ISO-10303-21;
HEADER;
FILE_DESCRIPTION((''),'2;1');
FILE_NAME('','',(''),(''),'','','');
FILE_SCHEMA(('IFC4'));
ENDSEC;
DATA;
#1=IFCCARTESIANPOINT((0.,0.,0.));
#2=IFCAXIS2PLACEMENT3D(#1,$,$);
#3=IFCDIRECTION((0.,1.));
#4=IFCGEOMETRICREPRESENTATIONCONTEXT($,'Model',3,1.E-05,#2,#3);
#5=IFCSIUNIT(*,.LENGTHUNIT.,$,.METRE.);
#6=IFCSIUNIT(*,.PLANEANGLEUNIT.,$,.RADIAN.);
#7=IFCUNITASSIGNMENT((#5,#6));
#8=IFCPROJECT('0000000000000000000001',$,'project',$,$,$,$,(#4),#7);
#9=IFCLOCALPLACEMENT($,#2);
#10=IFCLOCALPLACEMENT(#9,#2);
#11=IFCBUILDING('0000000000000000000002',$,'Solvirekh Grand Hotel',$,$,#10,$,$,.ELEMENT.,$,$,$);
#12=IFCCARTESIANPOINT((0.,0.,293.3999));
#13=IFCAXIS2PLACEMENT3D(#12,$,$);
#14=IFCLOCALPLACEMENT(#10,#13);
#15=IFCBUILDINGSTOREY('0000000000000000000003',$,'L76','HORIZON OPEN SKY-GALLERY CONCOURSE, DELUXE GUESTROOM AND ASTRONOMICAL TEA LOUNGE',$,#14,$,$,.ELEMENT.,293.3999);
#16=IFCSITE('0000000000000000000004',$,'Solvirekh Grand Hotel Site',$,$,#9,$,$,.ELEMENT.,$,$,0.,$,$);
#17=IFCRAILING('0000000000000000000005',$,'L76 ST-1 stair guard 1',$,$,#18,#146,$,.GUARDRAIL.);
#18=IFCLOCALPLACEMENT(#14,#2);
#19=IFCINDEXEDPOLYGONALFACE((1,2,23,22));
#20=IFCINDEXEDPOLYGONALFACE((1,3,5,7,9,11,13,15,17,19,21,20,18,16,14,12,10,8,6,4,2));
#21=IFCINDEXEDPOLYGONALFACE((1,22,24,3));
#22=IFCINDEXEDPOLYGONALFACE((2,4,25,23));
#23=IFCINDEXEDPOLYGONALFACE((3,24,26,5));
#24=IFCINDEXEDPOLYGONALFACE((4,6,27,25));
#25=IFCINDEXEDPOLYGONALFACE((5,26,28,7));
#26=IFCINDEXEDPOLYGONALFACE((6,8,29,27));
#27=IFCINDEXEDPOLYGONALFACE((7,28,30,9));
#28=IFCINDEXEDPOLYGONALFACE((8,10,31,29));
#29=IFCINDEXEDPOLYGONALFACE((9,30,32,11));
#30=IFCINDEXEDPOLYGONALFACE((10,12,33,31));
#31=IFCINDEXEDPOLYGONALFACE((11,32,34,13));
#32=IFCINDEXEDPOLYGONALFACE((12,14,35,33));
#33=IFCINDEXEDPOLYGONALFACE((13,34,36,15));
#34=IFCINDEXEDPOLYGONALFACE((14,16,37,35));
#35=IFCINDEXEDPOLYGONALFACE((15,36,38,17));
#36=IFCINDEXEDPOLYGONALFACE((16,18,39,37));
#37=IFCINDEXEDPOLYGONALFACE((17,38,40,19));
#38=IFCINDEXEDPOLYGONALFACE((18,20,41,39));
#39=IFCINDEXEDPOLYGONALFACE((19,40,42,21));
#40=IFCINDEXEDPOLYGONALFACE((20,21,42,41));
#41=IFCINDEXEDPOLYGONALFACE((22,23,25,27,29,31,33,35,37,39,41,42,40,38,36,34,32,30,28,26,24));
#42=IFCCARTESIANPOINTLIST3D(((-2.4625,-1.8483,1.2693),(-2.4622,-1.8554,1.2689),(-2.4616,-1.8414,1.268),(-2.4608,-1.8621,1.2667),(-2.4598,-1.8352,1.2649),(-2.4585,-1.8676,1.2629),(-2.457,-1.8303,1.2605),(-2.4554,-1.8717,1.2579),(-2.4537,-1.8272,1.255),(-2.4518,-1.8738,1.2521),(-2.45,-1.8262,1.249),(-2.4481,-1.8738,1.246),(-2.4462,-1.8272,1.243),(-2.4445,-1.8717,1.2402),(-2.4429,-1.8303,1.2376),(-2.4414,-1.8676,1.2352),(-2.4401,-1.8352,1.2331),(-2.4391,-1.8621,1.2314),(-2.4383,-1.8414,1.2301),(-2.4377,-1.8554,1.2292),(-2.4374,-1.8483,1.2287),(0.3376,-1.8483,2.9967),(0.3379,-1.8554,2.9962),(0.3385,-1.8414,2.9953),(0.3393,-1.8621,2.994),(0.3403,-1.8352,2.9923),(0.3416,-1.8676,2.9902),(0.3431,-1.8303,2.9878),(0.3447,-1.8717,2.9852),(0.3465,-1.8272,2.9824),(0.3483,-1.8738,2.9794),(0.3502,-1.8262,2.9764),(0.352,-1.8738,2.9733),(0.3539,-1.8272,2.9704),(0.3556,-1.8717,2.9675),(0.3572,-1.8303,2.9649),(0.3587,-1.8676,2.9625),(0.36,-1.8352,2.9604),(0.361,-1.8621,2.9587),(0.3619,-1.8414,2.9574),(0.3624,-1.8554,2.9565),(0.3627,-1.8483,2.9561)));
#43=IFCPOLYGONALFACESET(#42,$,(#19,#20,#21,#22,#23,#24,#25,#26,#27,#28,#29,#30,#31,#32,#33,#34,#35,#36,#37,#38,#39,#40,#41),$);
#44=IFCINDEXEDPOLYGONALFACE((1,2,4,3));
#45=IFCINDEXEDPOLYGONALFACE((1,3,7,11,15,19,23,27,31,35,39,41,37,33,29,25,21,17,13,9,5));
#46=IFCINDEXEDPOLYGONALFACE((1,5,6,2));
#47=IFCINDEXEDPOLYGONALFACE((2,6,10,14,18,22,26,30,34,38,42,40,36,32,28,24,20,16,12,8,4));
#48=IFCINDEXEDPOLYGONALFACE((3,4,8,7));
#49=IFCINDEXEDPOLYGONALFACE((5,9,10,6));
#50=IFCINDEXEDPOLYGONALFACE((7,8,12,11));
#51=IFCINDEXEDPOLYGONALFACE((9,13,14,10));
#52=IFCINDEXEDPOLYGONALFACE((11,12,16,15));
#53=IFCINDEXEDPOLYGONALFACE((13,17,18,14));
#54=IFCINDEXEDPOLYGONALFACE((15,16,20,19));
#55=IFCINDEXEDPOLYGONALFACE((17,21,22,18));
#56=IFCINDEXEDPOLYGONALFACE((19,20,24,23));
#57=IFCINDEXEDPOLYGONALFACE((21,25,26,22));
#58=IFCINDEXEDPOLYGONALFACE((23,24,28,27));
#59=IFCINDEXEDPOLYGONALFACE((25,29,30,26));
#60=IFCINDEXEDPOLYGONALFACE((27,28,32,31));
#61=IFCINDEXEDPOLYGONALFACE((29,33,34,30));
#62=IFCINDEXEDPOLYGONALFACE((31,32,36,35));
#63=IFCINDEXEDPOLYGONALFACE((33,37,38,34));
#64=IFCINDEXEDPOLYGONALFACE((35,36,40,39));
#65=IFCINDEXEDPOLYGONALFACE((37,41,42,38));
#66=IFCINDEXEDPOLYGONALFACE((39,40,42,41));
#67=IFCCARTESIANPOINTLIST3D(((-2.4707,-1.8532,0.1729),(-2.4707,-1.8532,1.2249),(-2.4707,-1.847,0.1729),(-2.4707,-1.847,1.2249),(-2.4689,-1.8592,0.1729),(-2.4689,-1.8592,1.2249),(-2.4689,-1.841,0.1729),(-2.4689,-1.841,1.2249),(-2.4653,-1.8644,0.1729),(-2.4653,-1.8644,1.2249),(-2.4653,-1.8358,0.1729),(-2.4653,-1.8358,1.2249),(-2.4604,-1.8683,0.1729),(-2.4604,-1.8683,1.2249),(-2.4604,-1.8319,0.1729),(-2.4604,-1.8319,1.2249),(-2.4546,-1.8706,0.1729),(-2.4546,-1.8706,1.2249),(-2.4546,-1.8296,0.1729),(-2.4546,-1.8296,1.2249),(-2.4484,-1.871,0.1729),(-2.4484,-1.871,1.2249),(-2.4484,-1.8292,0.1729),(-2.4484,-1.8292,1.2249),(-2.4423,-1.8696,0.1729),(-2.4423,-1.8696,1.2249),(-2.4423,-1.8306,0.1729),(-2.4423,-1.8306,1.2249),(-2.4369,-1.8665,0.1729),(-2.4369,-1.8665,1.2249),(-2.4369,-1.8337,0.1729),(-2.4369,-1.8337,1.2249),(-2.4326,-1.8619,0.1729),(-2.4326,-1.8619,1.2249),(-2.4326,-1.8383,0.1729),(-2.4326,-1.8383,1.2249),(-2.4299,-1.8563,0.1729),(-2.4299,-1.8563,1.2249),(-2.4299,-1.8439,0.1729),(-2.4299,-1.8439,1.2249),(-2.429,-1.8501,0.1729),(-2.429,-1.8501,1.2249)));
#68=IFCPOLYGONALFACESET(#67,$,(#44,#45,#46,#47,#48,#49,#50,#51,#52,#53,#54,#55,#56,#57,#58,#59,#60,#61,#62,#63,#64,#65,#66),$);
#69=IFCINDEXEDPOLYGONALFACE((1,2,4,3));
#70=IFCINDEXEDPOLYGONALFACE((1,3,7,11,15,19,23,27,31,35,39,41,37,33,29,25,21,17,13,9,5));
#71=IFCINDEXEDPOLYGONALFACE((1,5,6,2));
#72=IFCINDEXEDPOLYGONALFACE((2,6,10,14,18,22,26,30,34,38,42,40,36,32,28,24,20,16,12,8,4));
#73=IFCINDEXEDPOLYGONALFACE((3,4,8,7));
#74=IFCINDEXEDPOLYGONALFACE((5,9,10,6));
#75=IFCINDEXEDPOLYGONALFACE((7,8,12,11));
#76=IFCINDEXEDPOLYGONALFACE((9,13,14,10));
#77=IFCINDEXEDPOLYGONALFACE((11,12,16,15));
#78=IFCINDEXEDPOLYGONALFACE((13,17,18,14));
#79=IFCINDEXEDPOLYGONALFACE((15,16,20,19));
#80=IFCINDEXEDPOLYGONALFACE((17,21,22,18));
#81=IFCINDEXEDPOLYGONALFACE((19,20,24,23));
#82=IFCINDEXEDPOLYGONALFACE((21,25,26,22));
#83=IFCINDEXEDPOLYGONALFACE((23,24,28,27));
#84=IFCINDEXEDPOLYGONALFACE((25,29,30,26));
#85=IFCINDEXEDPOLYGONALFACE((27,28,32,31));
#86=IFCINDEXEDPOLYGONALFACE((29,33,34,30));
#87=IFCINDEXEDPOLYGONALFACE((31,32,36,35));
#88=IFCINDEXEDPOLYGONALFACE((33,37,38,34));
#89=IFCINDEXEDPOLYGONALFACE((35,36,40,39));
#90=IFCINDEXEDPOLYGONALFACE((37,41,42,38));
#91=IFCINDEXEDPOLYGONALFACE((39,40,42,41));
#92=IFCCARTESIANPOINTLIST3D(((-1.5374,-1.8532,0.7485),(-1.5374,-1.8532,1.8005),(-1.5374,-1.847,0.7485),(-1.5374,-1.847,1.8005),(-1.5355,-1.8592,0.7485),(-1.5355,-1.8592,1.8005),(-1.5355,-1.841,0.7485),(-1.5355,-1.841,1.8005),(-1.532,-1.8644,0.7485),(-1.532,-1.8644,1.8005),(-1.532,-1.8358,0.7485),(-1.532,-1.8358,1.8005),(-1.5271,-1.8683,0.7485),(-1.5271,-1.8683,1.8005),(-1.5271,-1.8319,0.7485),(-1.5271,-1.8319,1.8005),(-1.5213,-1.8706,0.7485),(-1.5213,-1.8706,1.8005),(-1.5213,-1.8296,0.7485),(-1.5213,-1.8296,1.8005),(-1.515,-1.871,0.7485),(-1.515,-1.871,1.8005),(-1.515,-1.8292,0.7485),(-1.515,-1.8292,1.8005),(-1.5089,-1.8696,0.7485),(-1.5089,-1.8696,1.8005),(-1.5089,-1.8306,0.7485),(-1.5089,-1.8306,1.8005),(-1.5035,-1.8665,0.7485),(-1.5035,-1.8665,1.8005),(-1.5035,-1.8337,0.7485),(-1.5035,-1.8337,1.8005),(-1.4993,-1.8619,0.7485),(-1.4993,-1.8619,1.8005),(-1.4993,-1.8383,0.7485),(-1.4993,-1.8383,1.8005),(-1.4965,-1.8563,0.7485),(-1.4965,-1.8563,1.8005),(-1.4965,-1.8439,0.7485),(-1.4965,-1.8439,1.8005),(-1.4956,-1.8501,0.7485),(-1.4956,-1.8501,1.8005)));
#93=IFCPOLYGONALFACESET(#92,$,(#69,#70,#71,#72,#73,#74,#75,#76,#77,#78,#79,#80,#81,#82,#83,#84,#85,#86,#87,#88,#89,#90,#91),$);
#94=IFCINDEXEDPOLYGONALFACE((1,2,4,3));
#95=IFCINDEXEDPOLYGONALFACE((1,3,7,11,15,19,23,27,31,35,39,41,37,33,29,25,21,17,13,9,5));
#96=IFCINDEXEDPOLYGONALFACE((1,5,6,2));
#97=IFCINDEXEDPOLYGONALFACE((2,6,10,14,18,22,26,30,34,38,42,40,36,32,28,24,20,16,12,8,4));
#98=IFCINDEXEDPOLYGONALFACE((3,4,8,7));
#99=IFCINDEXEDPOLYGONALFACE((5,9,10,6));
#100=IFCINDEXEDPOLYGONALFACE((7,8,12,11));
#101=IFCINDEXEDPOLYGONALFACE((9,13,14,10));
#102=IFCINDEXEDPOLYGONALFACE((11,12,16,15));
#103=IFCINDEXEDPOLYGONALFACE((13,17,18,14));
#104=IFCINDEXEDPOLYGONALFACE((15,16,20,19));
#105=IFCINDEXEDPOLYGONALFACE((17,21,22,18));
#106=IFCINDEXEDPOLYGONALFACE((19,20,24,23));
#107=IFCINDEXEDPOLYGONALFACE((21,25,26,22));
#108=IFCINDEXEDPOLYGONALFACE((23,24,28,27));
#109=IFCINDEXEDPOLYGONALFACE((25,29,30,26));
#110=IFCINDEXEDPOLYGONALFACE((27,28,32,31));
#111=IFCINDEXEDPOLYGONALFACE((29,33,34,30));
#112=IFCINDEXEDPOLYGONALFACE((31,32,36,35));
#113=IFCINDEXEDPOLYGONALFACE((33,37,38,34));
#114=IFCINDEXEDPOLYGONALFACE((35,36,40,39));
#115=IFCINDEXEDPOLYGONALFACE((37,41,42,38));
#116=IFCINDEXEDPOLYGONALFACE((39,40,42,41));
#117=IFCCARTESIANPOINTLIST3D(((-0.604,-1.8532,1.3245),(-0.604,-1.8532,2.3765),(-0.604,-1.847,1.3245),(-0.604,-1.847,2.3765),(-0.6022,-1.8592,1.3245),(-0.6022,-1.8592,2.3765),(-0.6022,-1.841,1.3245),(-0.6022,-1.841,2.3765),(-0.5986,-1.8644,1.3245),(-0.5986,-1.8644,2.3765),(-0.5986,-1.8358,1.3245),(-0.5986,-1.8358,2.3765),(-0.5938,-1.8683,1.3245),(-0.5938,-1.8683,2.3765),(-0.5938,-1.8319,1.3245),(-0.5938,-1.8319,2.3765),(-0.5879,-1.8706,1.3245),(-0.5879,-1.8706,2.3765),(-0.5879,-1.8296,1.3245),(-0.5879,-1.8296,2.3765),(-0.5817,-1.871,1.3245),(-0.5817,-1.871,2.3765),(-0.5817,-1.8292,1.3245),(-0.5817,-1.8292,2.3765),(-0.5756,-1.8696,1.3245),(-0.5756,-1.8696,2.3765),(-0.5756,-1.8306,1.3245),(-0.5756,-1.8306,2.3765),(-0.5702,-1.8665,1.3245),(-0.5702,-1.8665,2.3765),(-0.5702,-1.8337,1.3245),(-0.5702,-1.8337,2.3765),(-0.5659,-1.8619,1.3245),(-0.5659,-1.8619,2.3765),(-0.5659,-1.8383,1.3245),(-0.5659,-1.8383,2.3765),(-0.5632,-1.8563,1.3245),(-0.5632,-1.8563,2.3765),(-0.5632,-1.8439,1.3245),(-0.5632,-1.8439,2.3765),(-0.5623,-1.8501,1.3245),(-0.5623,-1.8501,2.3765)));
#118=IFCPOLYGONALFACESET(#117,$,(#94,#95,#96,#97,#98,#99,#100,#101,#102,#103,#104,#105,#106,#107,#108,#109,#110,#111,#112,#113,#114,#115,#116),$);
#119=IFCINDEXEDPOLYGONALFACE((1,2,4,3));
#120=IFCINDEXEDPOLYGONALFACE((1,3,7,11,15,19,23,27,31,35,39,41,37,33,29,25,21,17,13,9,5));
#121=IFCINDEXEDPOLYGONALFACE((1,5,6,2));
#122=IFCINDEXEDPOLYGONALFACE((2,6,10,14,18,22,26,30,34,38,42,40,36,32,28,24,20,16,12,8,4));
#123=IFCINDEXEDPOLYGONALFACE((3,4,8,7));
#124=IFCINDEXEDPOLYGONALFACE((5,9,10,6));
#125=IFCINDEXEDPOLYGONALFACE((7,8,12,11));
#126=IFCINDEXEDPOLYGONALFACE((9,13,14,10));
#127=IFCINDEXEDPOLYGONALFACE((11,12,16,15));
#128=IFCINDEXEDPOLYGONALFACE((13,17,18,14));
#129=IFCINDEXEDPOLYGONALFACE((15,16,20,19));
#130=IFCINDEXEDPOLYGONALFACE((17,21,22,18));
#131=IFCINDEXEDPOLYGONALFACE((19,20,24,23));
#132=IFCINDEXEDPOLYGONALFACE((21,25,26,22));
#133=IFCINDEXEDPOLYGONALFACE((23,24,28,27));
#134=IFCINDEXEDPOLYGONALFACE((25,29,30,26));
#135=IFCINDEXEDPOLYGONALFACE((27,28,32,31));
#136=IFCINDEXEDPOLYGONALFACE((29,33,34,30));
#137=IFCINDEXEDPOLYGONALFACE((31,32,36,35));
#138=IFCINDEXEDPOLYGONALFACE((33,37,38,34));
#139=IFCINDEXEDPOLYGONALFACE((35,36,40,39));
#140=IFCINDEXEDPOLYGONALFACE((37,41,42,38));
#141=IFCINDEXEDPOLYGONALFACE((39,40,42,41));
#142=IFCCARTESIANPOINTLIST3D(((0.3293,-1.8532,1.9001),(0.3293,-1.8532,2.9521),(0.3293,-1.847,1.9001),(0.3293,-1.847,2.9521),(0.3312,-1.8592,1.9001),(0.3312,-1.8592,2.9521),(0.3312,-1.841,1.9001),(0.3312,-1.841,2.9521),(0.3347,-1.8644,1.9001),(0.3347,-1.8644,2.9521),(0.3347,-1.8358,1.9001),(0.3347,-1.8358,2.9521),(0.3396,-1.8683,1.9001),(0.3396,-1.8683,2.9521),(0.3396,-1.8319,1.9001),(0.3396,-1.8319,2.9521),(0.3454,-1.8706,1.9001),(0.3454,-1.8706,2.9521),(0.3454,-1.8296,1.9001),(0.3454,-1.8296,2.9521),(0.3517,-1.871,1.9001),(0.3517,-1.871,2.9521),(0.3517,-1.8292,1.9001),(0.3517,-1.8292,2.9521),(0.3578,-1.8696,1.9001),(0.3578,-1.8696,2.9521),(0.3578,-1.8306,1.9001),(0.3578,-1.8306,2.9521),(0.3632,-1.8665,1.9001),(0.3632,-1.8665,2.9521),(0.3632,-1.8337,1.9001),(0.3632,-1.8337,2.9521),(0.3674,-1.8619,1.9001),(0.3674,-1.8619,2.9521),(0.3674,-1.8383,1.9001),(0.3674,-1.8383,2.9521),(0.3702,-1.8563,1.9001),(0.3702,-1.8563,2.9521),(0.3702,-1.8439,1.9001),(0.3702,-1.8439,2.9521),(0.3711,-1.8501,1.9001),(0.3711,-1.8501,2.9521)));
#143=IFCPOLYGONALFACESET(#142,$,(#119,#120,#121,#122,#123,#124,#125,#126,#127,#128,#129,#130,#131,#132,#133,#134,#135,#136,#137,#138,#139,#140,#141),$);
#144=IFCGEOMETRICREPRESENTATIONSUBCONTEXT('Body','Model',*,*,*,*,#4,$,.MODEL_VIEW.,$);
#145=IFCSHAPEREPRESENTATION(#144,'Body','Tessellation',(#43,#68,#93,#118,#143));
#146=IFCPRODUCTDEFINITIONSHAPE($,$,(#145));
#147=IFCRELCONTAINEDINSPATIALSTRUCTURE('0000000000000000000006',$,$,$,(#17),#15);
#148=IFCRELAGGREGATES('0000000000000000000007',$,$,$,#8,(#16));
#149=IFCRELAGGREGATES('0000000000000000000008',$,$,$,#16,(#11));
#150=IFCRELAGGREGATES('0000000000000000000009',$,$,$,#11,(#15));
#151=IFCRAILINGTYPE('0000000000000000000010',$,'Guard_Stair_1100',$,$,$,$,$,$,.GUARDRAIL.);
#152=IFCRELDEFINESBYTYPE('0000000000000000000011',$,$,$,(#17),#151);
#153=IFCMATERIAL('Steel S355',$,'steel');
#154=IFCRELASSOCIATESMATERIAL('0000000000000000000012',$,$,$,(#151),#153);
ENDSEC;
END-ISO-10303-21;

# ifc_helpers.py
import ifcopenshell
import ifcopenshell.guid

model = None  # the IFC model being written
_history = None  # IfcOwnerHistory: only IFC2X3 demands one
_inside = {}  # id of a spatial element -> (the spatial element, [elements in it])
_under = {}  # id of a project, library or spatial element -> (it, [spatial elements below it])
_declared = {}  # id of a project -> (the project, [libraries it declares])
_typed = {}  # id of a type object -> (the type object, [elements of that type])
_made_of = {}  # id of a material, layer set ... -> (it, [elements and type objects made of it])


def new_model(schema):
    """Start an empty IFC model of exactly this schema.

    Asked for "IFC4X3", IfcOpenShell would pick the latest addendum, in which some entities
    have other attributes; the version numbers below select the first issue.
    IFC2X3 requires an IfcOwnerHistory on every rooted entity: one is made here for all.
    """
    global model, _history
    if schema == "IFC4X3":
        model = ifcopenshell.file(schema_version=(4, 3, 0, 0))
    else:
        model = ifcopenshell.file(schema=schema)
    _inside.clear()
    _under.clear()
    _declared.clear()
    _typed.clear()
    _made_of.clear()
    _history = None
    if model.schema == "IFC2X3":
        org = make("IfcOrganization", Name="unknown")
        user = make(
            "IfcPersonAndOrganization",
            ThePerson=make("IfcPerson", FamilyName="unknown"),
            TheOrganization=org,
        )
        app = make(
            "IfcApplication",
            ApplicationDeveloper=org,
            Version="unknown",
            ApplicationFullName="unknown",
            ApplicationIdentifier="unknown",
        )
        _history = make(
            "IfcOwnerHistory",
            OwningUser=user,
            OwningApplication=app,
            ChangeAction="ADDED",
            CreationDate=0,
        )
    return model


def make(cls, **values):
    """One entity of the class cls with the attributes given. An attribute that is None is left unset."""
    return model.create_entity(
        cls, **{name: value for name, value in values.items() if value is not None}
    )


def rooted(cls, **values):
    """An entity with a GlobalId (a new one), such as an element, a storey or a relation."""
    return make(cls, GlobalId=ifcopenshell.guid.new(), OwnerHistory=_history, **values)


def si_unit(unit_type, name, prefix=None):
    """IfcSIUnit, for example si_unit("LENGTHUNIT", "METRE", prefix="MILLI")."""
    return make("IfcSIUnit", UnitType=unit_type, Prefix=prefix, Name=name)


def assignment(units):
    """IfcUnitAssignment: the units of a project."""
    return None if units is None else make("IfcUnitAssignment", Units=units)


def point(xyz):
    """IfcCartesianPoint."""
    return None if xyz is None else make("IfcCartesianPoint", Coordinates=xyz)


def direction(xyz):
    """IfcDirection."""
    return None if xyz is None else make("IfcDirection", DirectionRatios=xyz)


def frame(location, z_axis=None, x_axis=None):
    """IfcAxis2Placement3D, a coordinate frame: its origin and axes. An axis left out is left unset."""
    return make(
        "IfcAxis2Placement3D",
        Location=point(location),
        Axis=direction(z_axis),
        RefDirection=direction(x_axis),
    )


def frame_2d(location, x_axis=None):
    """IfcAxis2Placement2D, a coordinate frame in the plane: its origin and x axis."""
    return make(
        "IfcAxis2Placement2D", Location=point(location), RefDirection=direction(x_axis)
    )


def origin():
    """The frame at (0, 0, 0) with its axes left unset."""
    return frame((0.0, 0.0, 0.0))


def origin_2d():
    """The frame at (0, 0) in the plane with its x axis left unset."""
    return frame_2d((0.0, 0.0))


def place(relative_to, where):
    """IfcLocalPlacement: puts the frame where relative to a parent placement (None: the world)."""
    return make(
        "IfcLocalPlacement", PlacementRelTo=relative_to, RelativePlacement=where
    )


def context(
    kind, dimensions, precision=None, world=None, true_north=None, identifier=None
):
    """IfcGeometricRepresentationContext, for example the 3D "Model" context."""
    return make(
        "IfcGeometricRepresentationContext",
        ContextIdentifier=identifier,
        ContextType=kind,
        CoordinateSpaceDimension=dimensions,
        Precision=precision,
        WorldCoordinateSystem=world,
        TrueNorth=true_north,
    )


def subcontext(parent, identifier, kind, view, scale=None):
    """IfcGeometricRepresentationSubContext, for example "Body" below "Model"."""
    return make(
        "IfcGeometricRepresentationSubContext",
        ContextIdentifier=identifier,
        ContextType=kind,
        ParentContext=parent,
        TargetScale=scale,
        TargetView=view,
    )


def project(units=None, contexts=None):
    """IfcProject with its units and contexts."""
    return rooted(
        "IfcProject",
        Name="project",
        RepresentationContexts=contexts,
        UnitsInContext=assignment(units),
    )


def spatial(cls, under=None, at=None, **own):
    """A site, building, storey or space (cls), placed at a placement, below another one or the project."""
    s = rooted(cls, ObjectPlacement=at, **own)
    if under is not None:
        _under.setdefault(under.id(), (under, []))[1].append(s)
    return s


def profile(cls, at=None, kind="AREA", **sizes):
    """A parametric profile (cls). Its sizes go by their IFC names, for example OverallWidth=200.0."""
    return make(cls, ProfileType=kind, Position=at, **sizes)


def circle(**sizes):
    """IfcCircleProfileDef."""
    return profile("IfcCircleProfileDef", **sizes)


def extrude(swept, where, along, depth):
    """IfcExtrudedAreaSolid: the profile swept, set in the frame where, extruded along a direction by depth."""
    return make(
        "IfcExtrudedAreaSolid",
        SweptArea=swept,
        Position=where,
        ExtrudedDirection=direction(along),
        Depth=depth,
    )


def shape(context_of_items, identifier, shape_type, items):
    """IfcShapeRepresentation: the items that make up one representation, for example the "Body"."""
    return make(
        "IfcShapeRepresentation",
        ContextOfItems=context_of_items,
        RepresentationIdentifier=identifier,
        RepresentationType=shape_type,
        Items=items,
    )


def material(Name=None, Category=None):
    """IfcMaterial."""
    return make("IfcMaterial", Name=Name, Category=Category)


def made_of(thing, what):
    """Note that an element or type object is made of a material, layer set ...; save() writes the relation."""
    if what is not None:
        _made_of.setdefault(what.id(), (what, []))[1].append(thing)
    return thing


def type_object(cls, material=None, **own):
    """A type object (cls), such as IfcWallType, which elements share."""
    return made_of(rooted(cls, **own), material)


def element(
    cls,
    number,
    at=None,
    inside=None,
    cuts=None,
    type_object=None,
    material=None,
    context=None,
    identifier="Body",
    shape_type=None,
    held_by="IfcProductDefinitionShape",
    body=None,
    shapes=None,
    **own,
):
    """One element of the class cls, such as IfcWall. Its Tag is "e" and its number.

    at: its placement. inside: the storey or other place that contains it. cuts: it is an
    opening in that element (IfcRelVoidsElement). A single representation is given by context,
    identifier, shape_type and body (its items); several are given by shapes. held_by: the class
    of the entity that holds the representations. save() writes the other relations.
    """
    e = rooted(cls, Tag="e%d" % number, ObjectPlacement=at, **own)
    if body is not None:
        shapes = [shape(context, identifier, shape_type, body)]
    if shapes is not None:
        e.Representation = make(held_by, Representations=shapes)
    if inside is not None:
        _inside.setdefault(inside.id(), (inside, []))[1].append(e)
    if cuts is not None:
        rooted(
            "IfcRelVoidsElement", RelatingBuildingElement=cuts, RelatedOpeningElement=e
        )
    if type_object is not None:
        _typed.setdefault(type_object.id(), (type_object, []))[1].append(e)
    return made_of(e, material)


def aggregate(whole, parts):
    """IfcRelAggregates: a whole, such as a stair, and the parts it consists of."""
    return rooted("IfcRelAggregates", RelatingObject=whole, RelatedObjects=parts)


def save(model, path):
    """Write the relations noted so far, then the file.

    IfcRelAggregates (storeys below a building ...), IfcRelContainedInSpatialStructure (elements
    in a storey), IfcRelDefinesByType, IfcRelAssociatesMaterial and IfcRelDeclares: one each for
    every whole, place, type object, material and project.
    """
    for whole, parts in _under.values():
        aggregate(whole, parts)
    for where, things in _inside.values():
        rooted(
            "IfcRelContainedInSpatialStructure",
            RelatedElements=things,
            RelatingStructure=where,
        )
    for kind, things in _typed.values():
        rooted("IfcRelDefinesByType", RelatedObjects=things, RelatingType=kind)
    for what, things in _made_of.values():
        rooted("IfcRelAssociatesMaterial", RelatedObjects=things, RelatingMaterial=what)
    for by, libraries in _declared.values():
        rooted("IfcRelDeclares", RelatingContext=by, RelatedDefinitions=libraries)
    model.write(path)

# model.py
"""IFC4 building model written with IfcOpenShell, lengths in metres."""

from ifc_helpers import new_model, si_unit, direction, frame, origin, origin_2d, place, context, subcontext, project, spatial, circle, extrude, material, type_object, element, save


model = new_model("IFC4")

# Units and contexts
model_context = context("Model", 3, precision=1e-05, world=origin(), true_north=direction((0.0, 1.0)))
body_context = subcontext(model_context, "Body", "Model", "MODEL_VIEW")
ifc_project = project(units=[si_unit("LENGTHUNIT", "METRE"), si_unit("PLANEANGLEUNIT", "RADIAN")], contexts=[model_context])

# Site, building, storey
site_placement = place(None, origin())
site = spatial("IfcSite", under=ifc_project, at=site_placement, Name="Solvirekh Grand Hotel Site", CompositionType="ELEMENT", RefElevation=0.0)
building_placement = place(site_placement, origin())
building = spatial("IfcBuilding", under=site, at=building_placement, Name="Solvirekh Grand Hotel", CompositionType="ELEMENT")
storey_placement = place(building_placement, frame((0.0, 0.0, 293.3999)))
storey = spatial("IfcBuildingStorey", under=building, at=storey_placement, Name="L76", Description="HORIZON OPEN SKY-GALLERY CONCOURSE, DELUXE GUESTROOM AND ASTRONOMICAL TEA LOUNGE", CompositionType="ELEMENT", Elevation=293.3999)

# Railing
ifc_material_1 = material(Name="Steel S355", Category="steel")
railing_type_1 = type_object("IfcRailingType", Name="Guard_Stair_1100", PredefinedType="GUARDRAIL", material=ifc_material_1)
railing_1_placement = place(storey_placement, frame((-2.45, -1.8501, 0.1729)))
element("IfcRailing", 1, at=railing_1_placement, inside=storey, type_object=railing_type_1, Name="L76 ST-1 stair guard 1", PredefinedType="GUARDRAIL", context=body_context, shape_type="SweptSolid", body=[
    extrude(circle(Radius=0.0239, at=origin_2d()), frame((0.0, 0.0, 1.0762), z_axis=(0.85109, 0.0, 0.52502), x_axis=(0.0, 1.0, 0.0)), (0.0, 0.0, 1.0), 3.29),
    extrude(circle(Radius=0.021, at=origin_2d()), origin(), (0.0, 0.0, 1.0), 1.052),
    extrude(circle(Radius=0.021, at=origin_2d()), frame((0.9333, 0.0, 0.5757)), (0.0, 0.0, 1.0), 1.052),
    extrude(circle(Radius=0.021, at=origin_2d()), frame((1.8667, 0.0, 1.1516)), (0.0, 0.0, 1.0), 1.052),
    extrude(circle(Radius=0.021, at=origin_2d()), frame((2.8, 0.0, 1.7273)), (0.0, 0.0, 1.0), 1.052),
])

save(model, "model.ifc")
